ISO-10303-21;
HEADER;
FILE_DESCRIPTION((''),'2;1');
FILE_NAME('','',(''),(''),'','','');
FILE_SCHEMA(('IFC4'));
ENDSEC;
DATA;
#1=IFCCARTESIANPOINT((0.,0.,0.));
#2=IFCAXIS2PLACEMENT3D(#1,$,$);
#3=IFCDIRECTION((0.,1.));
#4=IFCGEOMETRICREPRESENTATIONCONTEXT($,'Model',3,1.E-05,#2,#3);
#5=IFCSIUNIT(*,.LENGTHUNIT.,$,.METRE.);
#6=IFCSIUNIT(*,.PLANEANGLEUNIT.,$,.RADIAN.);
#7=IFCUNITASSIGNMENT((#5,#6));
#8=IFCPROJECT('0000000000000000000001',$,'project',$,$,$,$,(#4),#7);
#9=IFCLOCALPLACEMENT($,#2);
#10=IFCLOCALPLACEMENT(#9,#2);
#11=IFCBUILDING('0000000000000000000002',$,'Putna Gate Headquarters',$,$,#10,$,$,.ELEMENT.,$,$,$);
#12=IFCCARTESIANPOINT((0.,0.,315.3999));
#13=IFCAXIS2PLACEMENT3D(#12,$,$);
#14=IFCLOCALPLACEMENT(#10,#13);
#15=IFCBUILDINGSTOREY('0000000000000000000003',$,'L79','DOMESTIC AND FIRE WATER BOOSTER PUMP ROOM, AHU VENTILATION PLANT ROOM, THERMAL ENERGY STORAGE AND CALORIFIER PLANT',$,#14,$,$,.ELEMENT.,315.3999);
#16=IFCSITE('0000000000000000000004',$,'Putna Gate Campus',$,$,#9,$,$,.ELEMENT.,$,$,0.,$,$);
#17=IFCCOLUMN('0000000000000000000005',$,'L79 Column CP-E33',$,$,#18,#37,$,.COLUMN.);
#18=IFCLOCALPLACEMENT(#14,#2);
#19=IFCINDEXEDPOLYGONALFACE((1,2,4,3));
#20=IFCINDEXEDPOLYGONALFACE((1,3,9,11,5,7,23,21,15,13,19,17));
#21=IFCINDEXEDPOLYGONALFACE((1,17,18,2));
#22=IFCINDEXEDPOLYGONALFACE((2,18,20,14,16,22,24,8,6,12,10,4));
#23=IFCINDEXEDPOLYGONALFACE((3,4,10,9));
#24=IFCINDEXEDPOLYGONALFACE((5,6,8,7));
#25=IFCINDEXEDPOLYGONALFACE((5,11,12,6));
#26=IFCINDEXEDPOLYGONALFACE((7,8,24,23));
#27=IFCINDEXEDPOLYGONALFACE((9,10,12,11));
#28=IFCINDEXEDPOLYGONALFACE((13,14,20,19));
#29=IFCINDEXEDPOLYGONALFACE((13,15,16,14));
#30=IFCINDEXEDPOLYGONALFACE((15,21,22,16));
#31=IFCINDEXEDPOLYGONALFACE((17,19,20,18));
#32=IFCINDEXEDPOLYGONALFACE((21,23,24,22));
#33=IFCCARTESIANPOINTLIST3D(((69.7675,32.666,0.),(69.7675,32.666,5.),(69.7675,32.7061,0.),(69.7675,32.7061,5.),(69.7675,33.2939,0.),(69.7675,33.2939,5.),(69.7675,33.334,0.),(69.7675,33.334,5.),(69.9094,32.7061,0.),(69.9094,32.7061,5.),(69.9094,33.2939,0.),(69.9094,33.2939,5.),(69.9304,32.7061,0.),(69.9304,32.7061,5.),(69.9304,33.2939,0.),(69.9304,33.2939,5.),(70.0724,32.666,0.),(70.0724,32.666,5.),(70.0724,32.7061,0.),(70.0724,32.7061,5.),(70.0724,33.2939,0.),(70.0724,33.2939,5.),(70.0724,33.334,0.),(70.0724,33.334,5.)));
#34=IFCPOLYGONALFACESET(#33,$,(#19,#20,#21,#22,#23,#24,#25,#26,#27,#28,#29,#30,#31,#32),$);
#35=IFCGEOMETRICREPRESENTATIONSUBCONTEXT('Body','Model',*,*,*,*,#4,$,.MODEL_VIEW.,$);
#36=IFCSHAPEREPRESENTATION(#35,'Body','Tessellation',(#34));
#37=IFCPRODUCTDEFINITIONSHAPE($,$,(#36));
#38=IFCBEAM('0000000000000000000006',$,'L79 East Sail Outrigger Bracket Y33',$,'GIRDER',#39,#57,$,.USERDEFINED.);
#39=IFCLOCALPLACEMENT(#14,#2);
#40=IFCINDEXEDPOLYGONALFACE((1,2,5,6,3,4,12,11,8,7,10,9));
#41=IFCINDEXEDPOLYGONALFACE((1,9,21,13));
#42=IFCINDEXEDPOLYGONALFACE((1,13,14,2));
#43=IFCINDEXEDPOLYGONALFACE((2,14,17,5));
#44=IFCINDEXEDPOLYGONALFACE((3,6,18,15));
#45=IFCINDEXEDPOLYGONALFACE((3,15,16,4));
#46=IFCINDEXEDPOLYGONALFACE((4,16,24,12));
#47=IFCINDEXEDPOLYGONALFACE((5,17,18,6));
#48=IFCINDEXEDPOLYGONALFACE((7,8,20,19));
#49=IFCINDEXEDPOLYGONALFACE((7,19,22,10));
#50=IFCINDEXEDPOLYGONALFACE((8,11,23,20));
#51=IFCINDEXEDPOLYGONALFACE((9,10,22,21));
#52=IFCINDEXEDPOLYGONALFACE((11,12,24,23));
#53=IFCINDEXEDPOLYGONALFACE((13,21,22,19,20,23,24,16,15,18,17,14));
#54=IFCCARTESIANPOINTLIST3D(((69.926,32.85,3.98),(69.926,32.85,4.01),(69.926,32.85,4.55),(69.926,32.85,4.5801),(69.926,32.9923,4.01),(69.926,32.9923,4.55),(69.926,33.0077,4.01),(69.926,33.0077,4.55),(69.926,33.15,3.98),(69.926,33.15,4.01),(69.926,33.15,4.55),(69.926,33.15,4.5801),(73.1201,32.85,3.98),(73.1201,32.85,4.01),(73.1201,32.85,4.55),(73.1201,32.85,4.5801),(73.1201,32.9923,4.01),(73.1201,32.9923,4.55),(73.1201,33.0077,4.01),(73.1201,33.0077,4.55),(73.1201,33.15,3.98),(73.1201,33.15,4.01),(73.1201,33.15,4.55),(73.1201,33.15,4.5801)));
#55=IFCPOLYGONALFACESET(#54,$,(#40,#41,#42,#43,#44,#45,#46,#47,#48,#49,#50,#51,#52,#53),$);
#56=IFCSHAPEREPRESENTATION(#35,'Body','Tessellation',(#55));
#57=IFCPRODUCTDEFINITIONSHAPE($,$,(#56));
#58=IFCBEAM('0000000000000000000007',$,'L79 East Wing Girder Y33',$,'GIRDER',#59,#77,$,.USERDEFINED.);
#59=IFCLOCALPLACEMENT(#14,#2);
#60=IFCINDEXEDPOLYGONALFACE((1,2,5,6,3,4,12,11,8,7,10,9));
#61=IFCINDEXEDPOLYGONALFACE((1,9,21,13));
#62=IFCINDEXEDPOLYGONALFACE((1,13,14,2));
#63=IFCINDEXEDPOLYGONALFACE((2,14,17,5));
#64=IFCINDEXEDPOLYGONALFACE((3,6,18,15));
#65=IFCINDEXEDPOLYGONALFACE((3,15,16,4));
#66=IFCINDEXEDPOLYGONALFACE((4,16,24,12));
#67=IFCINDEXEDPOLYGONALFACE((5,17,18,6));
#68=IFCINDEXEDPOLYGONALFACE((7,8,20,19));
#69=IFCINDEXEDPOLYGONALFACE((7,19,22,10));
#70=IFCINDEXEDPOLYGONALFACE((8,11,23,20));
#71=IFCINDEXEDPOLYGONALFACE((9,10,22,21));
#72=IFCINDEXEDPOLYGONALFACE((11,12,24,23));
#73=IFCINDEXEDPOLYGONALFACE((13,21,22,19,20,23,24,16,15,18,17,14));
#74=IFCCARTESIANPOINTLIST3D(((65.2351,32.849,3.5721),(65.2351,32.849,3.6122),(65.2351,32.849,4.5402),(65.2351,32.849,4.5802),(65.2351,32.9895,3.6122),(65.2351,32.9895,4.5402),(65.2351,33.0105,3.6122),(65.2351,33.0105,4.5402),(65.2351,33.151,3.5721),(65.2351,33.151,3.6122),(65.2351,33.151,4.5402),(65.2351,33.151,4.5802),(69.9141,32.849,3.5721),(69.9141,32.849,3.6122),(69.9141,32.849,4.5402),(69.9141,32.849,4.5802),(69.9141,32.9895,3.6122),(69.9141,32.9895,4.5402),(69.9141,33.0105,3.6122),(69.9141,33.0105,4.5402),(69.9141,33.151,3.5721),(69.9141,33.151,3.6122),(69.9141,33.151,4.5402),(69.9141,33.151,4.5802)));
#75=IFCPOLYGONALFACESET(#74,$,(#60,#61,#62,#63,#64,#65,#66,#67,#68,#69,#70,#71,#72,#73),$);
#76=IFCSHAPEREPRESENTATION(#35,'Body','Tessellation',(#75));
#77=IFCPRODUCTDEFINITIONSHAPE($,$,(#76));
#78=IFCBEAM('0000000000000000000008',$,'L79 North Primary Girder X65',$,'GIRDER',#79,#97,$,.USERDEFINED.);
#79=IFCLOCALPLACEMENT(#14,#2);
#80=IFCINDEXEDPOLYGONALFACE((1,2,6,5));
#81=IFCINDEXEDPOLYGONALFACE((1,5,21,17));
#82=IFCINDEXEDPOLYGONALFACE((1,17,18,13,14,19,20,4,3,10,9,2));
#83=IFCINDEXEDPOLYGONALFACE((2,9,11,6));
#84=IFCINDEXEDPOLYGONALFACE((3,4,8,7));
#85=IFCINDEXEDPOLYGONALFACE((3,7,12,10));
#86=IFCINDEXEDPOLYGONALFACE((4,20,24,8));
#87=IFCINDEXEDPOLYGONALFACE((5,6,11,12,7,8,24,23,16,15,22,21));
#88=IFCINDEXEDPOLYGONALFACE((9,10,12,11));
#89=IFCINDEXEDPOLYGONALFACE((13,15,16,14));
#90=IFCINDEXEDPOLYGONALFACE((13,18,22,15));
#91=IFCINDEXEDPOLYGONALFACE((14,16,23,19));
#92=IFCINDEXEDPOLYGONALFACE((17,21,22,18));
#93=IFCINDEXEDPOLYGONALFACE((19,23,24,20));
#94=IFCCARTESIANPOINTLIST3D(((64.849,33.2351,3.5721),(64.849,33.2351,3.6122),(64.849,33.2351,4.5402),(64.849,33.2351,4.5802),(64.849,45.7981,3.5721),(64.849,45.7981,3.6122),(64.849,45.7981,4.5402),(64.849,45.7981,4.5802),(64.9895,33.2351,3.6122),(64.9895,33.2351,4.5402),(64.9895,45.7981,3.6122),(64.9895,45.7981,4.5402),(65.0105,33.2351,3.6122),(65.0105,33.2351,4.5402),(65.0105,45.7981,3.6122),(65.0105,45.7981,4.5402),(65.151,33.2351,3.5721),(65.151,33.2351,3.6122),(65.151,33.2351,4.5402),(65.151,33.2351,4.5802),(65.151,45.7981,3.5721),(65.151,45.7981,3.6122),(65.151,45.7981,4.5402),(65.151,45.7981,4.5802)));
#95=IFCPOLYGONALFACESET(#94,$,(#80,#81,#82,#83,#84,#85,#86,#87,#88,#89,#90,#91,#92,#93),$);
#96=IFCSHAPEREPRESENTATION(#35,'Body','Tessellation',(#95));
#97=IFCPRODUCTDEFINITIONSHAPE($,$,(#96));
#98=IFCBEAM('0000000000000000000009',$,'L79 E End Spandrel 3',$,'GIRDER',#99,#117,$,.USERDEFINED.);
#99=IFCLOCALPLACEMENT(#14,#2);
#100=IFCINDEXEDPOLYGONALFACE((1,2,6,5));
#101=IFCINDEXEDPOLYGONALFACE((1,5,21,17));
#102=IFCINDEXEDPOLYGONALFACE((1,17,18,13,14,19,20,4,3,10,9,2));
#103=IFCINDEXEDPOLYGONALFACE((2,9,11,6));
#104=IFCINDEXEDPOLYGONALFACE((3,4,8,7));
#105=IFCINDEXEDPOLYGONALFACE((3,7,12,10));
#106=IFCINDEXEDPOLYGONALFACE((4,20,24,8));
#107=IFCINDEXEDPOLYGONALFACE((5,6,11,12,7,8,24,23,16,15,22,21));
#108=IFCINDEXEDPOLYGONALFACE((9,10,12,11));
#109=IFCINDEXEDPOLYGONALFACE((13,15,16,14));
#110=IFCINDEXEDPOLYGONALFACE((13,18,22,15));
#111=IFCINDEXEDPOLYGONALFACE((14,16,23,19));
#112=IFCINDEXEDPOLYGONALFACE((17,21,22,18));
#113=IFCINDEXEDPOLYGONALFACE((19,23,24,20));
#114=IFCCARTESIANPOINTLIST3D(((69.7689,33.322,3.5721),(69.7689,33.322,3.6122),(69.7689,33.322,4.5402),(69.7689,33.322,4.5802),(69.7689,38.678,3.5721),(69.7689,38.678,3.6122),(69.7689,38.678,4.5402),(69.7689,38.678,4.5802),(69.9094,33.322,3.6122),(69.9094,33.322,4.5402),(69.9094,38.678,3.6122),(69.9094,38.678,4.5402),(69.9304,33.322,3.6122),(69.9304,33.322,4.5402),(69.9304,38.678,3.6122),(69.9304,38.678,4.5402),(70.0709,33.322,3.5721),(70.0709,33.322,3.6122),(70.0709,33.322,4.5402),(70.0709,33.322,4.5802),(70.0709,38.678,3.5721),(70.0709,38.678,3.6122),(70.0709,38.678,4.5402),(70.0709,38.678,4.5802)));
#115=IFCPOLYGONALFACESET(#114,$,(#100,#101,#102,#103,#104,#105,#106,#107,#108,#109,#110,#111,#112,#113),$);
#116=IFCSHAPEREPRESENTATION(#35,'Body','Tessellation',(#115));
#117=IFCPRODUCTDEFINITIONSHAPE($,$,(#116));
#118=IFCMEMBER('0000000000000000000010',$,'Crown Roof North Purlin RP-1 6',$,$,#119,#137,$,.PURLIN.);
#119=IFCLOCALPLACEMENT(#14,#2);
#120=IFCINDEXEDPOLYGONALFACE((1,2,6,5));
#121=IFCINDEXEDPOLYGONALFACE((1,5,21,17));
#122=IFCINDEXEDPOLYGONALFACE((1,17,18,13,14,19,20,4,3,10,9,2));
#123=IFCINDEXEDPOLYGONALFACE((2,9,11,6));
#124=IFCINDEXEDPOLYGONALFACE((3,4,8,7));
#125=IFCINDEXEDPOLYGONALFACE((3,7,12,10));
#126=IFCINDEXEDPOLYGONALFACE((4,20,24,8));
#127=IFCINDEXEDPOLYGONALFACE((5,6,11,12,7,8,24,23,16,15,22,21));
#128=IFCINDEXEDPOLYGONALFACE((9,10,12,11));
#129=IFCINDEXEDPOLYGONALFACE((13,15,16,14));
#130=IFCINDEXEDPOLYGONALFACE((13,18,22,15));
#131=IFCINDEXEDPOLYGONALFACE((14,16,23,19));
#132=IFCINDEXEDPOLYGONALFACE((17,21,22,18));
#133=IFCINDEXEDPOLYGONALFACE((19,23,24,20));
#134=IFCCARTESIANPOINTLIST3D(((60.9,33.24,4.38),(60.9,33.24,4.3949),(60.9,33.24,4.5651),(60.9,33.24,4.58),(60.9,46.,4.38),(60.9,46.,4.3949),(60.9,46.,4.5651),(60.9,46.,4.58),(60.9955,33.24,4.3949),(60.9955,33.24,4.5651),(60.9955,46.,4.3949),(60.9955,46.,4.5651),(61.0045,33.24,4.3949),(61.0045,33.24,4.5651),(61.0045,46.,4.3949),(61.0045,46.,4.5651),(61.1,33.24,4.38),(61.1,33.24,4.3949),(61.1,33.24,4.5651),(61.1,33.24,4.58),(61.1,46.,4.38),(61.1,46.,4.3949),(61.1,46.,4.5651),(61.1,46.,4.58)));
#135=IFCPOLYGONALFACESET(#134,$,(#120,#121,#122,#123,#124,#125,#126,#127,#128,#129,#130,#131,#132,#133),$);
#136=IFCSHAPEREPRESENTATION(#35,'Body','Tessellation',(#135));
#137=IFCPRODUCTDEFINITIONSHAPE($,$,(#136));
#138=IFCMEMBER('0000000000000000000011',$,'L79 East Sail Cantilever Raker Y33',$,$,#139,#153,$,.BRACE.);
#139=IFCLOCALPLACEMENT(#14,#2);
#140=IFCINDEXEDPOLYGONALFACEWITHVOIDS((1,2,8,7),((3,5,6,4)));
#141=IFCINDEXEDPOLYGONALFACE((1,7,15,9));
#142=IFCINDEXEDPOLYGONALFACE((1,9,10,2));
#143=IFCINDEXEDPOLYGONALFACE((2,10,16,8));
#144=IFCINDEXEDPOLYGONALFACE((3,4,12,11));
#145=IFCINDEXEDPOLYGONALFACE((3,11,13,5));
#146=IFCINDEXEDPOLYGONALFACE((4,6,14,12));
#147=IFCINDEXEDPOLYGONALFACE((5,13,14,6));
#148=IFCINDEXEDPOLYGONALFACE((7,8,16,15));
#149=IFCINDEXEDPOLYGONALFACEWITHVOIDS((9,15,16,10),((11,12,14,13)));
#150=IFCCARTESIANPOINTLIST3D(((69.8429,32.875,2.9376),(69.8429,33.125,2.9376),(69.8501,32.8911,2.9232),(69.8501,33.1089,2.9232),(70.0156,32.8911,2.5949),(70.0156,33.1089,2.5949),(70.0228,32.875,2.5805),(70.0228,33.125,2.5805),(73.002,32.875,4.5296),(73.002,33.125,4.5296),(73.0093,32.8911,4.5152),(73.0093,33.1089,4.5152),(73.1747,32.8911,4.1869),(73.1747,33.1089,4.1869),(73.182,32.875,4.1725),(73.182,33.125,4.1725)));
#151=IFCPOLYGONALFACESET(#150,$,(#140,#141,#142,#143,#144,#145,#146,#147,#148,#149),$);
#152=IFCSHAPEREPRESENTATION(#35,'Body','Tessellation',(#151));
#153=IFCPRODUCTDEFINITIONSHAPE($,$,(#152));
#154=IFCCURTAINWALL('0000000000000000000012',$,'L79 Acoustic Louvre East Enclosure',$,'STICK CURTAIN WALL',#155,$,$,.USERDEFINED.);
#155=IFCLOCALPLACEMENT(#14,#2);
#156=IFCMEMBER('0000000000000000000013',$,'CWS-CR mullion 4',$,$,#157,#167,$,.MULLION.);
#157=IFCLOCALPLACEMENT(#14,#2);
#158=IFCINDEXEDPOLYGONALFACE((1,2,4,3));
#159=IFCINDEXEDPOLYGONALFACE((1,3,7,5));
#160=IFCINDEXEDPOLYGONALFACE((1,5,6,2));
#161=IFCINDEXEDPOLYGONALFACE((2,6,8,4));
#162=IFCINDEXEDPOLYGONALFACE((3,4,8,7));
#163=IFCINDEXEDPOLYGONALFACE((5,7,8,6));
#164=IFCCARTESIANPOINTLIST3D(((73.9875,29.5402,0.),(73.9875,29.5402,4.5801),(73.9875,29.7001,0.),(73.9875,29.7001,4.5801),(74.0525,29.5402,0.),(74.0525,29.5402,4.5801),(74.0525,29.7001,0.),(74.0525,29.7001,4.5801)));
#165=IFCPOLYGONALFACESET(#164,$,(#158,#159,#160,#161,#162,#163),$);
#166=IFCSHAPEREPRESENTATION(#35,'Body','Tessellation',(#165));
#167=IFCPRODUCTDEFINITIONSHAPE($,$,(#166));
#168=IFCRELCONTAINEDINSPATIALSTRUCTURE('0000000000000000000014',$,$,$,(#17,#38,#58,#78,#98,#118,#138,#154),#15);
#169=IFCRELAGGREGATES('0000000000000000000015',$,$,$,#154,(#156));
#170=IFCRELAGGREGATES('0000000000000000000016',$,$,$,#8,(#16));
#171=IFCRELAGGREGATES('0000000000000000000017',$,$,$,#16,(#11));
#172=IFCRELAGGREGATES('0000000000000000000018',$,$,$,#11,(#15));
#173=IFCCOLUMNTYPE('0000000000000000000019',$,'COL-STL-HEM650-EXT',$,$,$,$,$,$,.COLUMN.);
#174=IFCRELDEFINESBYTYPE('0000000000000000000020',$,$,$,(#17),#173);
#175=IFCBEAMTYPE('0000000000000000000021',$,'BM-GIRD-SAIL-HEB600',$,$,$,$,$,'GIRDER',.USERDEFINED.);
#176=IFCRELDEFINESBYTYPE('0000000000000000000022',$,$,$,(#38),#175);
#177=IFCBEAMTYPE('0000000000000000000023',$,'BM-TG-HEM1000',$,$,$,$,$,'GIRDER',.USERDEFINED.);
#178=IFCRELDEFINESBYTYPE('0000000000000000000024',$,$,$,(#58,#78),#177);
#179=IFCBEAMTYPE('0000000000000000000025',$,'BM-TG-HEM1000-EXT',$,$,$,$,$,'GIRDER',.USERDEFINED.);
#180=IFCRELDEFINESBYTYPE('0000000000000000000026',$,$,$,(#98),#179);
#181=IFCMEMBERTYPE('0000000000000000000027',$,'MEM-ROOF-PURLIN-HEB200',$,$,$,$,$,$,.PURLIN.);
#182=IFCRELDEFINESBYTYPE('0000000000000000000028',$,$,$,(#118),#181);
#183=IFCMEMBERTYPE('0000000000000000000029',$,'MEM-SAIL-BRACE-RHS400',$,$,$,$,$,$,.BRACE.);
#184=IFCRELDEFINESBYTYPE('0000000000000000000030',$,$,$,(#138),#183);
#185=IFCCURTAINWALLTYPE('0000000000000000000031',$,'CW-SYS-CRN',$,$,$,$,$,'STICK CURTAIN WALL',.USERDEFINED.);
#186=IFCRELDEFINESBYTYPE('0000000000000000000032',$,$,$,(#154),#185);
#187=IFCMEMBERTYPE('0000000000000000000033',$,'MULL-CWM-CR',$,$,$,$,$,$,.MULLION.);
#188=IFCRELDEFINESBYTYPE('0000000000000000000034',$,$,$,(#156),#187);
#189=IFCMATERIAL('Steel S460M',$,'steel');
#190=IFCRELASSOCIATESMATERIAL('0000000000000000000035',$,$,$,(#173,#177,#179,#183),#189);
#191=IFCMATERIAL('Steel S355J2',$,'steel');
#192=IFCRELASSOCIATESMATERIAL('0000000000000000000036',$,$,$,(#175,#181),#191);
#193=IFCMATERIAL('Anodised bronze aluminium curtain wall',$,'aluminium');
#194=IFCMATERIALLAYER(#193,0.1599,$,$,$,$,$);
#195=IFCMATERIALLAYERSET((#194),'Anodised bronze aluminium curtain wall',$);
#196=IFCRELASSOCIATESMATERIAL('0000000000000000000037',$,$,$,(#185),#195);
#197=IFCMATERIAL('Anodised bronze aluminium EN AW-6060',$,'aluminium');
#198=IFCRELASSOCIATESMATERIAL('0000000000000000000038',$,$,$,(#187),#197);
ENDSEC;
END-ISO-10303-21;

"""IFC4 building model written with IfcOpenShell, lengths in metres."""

from ifc_helpers import new_model, si_unit, direction, frame, origin, origin_2d, place, context, subcontext, project, spatial, rectangle, hollow_rectangle, i_section, extrude, material, layer, layer_set, material_profile, profile_set, type_object, element, aggregate, save


model = new_model("IFC4")

# Units and contexts
model_context = context("Model", 3, precision=1e-05, world=origin(), true_north=direction((0.0, 1.0)))
body_context = subcontext(model_context, "Body", "Model", "MODEL_VIEW")
ifc_project = project(units=[si_unit("LENGTHUNIT", "METRE"), si_unit("PLANEANGLEUNIT", "RADIAN")], contexts=[model_context])

# Site, building, storey
site_placement = place(None, origin())
site = spatial("IfcSite", under=ifc_project, at=site_placement, Name="Putna Gate Campus", CompositionType="ELEMENT", RefElevation=0.0)
building_placement = place(site_placement, origin())
building = spatial("IfcBuilding", under=site, at=building_placement, Name="Putna Gate Headquarters", CompositionType="ELEMENT")
storey_placement = place(building_placement, frame((0.0, 0.0, 315.3999)))
storey = spatial("IfcBuildingStorey", under=building, at=storey_placement, Name="L79", Description="DOMESTIC AND FIRE WATER BOOSTER PUMP ROOM, AHU VENTILATION PLANT ROOM, THERMAL ENERGY STORAGE AND CALORIFIER PLANT", CompositionType="ELEMENT", Elevation=315.3999)

# Column
ifc_material_1 = material(Name="Steel S460M", Category="steel")
ifc_material_profile_1 = material_profile(ifc_material_1, i_section(OverallWidth=0.3049, OverallDepth=0.668, WebThickness=0.021, FlangeThickness=0.04, at=origin_2d()), Name="Steel S460M")
ifc_profile_set_1 = profile_set([ifc_material_profile_1], Name="Steel S460M")
column_type = type_object("IfcColumnType", Name="COL-STL-HEM650-EXT", PredefinedType="COLUMN", material=ifc_profile_set_1)
column_placement = place(storey_placement, frame((69.9199, 33.0, 0.0), z_axis=(0.0, 0.0, 1.0), x_axis=(1.0, 0.0, 0.0)))
element("IfcColumn", 1, at=column_placement, inside=storey, type_object=column_type, Name="L79 Column CP-E33", PredefinedType="COLUMN", context=body_context, shape_type="SweptSolid", body=[
    extrude(i_section(OverallWidth=0.3049, OverallDepth=0.668, WebThickness=0.021, FlangeThickness=0.04, at=origin_2d()), origin(), (0.0, 0.0, 1.0), 5.0),
])

# Beams
ifc_material_2 = material(Name="Steel S355J2", Category="steel")
ifc_material_profile_2 = material_profile(ifc_material_2, i_section(OverallWidth=0.3, OverallDepth=0.6001, WebThickness=0.0154, FlangeThickness=0.03, at=origin_2d()), Name="Steel S355J2")
ifc_profile_set_2 = profile_set([ifc_material_profile_2], Name="Steel S355J2")
beam_type_1 = type_object("IfcBeamType", Name="BM-GIRD-SAIL-HEB600", ElementType="GIRDER", PredefinedType="USERDEFINED", material=ifc_profile_set_2)
beam_1_placement = place(storey_placement, frame((69.926, 33.0, 4.28), z_axis=(1.0, 0.0, 0.0), x_axis=(0.0, 1.0, 0.0)))
element("IfcBeam", 2, at=beam_1_placement, inside=storey, type_object=beam_type_1, Name="L79 East Sail Outrigger Bracket Y33", ObjectType="GIRDER", PredefinedType="USERDEFINED", context=body_context, shape_type="SweptSolid", body=[
    extrude(i_section(OverallWidth=0.3, OverallDepth=0.6001, WebThickness=0.0154, FlangeThickness=0.03, at=origin_2d()), origin(), (0.0, 0.0, 1.0), 3.1941),
])
ifc_material_profile_3 = material_profile(ifc_material_1, i_section(OverallWidth=0.302, OverallDepth=1.0081, WebThickness=0.021, FlangeThickness=0.04, at=origin_2d()), Name="Steel S460M")
ifc_profile_set_3 = profile_set([ifc_material_profile_3], Name="Steel S460M")
beam_type_2 = type_object("IfcBeamType", Name="BM-TG-HEM1000", ElementType="GIRDER", PredefinedType="USERDEFINED", material=ifc_profile_set_3)
beam_2_placement = place(storey_placement, frame((65.2351, 33.0, 4.0762), z_axis=(1.0, 0.0, 0.0), x_axis=(0.0, 1.0, 0.0)))
element("IfcBeam", 3, at=beam_2_placement, inside=storey, type_object=beam_type_2, Name="L79 East Wing Girder Y33", ObjectType="GIRDER", PredefinedType="USERDEFINED", context=body_context, shape_type="SweptSolid", body=[
    extrude(i_section(OverallWidth=0.302, OverallDepth=1.0081, WebThickness=0.021, FlangeThickness=0.04, at=origin_2d()), origin(), (0.0, 0.0, 1.0), 4.679),
])
beam_3_placement = place(storey_placement, frame((65.0, 33.2351, 4.0762), z_axis=(0.0, 1.0, 0.0), x_axis=(-1.0, 0.0, 0.0)))
element("IfcBeam", 4, at=beam_3_placement, inside=storey, type_object=beam_type_2, Name="L79 North Primary Girder X65", ObjectType="GIRDER", PredefinedType="USERDEFINED", context=body_context, shape_type="SweptSolid", body=[
    extrude(i_section(OverallWidth=0.302, OverallDepth=1.0081, WebThickness=0.021, FlangeThickness=0.04, at=origin_2d()), origin(), (0.0, 0.0, 1.0), 12.563),
])
ifc_material_profile_4 = material_profile(ifc_material_1, i_section(OverallWidth=0.302, OverallDepth=1.0081, WebThickness=0.021, FlangeThickness=0.04, at=origin_2d()), Name="Steel S460M")
ifc_profile_set_4 = profile_set([ifc_material_profile_4], Name="Steel S460M")
beam_type_3 = type_object("IfcBeamType", Name="BM-TG-HEM1000-EXT", ElementType="GIRDER", PredefinedType="USERDEFINED", material=ifc_profile_set_4)
beam_4_placement = place(storey_placement, frame((69.9199, 33.322, 4.0762), z_axis=(0.0, 1.0, 0.0), x_axis=(-1.0, 0.0, 0.0)))
element("IfcBeam", 5, at=beam_4_placement, inside=storey, type_object=beam_type_3, Name="L79 E End Spandrel 3", ObjectType="GIRDER", PredefinedType="USERDEFINED", context=body_context, shape_type="SweptSolid", body=[
    extrude(i_section(OverallWidth=0.302, OverallDepth=1.0081, WebThickness=0.021, FlangeThickness=0.04, at=origin_2d()), origin(), (0.0, 0.0, 1.0), 5.356),
])

# Members
ifc_material_profile_5 = material_profile(ifc_material_2, i_section(OverallWidth=0.2, OverallDepth=0.2, WebThickness=0.009, FlangeThickness=0.0149, at=origin_2d()), Name="Steel S355J2")
ifc_profile_set_5 = profile_set([ifc_material_profile_5], Name="Steel S355J2")
member_type_1 = type_object("IfcMemberType", Name="MEM-ROOF-PURLIN-HEB200", PredefinedType="PURLIN", material=ifc_profile_set_5)
member_1_placement = place(storey_placement, frame((61.0, 33.24, 4.48), z_axis=(0.0, 1.0, 0.0), x_axis=(-1.0, 0.0, 0.0)))
element("IfcMember", 6, at=member_1_placement, inside=storey, type_object=member_type_1, Name="Crown Roof North Purlin RP-1 6", PredefinedType="PURLIN", context=body_context, shape_type="SweptSolid", body=[
    extrude(i_section(OverallWidth=0.2, OverallDepth=0.2, WebThickness=0.009, FlangeThickness=0.0149, at=origin_2d()), origin(), (0.0, 0.0, 1.0), 12.76),
])
ifc_material_profile_6 = material_profile(ifc_material_1, hollow_rectangle(XDim=0.25, YDim=0.3999, WallThickness=0.0161, at=origin_2d()), Name="Steel S460M")
ifc_profile_set_6 = profile_set([ifc_material_profile_6], Name="Steel S460M")
member_type_2 = type_object("IfcMemberType", Name="MEM-SAIL-BRACE-RHS400", PredefinedType="BRACE", material=ifc_profile_set_6)
member_2_placement = place(storey_placement, frame((69.9329, 33.0, 2.759), z_axis=(0.893015, 0.0, 0.450027), x_axis=(0.0, 1.0, 0.0)))
element("IfcMember", 7, at=member_2_placement, inside=storey, type_object=member_type_2, Name="L79 East Sail Cantilever Raker Y33", PredefinedType="BRACE", context=body_context, shape_type="SweptSolid", body=[
    extrude(hollow_rectangle(XDim=0.25, YDim=0.3999, WallThickness=0.0161, at=origin_2d()), origin(), (0.0, 0.0, 1.0), 3.5376),
])

# Curtain wall, member
ifc_material_3 = material(Name="Anodised bronze aluminium curtain wall", Category="aluminium")
ifc_layer_1 = layer(ifc_material_3, 0.1599)
ifc_layer_set_1 = layer_set([ifc_layer_1], Name="Anodised bronze aluminium curtain wall")
curtain_wall_type = type_object("IfcCurtainWallType", Name="CW-SYS-CRN", ElementType="STICK CURTAIN WALL", PredefinedType="USERDEFINED", material=ifc_layer_set_1)
curtain_wall_placement = place(storey_placement, origin())
curtain_wall = element("IfcCurtainWall", 8, at=curtain_wall_placement, inside=storey, type_object=curtain_wall_type, Name="L79 Acoustic Louvre East Enclosure", ObjectType="STICK CURTAIN WALL", PredefinedType="USERDEFINED")
ifc_material_4 = material(Name="Anodised bronze aluminium EN AW-6060", Category="aluminium")
ifc_material_profile_7 = material_profile(ifc_material_4, rectangle(XDim=0.0649, YDim=0.1599, at=origin_2d()), Name="Anodised bronze aluminium EN AW-6060")
ifc_profile_set_7 = profile_set([ifc_material_profile_7], Name="Anodised bronze aluminium EN AW-6060")
member_type_3 = type_object("IfcMemberType", Name="MULL-CWM-CR", PredefinedType="MULLION", material=ifc_profile_set_7)
member_3_placement = place(storey_placement, frame((74.02, 29.6201, 0.0), z_axis=(0.0, 0.0, 1.0), x_axis=(-1.0, 0.0, 0.0)))
member_3 = element("IfcMember", 9, at=member_3_placement, type_object=member_type_3, Name="CWS-CR mullion 4", PredefinedType="MULLION", context=body_context, shape_type="SweptSolid", body=[
    extrude(rectangle(XDim=0.0649, YDim=0.1599, at=origin_2d()), origin(), (0.0, 0.0, 1.0), 4.5801),
])
aggregate(curtain_wall, [member_3])

save(model, "model.ifc")
